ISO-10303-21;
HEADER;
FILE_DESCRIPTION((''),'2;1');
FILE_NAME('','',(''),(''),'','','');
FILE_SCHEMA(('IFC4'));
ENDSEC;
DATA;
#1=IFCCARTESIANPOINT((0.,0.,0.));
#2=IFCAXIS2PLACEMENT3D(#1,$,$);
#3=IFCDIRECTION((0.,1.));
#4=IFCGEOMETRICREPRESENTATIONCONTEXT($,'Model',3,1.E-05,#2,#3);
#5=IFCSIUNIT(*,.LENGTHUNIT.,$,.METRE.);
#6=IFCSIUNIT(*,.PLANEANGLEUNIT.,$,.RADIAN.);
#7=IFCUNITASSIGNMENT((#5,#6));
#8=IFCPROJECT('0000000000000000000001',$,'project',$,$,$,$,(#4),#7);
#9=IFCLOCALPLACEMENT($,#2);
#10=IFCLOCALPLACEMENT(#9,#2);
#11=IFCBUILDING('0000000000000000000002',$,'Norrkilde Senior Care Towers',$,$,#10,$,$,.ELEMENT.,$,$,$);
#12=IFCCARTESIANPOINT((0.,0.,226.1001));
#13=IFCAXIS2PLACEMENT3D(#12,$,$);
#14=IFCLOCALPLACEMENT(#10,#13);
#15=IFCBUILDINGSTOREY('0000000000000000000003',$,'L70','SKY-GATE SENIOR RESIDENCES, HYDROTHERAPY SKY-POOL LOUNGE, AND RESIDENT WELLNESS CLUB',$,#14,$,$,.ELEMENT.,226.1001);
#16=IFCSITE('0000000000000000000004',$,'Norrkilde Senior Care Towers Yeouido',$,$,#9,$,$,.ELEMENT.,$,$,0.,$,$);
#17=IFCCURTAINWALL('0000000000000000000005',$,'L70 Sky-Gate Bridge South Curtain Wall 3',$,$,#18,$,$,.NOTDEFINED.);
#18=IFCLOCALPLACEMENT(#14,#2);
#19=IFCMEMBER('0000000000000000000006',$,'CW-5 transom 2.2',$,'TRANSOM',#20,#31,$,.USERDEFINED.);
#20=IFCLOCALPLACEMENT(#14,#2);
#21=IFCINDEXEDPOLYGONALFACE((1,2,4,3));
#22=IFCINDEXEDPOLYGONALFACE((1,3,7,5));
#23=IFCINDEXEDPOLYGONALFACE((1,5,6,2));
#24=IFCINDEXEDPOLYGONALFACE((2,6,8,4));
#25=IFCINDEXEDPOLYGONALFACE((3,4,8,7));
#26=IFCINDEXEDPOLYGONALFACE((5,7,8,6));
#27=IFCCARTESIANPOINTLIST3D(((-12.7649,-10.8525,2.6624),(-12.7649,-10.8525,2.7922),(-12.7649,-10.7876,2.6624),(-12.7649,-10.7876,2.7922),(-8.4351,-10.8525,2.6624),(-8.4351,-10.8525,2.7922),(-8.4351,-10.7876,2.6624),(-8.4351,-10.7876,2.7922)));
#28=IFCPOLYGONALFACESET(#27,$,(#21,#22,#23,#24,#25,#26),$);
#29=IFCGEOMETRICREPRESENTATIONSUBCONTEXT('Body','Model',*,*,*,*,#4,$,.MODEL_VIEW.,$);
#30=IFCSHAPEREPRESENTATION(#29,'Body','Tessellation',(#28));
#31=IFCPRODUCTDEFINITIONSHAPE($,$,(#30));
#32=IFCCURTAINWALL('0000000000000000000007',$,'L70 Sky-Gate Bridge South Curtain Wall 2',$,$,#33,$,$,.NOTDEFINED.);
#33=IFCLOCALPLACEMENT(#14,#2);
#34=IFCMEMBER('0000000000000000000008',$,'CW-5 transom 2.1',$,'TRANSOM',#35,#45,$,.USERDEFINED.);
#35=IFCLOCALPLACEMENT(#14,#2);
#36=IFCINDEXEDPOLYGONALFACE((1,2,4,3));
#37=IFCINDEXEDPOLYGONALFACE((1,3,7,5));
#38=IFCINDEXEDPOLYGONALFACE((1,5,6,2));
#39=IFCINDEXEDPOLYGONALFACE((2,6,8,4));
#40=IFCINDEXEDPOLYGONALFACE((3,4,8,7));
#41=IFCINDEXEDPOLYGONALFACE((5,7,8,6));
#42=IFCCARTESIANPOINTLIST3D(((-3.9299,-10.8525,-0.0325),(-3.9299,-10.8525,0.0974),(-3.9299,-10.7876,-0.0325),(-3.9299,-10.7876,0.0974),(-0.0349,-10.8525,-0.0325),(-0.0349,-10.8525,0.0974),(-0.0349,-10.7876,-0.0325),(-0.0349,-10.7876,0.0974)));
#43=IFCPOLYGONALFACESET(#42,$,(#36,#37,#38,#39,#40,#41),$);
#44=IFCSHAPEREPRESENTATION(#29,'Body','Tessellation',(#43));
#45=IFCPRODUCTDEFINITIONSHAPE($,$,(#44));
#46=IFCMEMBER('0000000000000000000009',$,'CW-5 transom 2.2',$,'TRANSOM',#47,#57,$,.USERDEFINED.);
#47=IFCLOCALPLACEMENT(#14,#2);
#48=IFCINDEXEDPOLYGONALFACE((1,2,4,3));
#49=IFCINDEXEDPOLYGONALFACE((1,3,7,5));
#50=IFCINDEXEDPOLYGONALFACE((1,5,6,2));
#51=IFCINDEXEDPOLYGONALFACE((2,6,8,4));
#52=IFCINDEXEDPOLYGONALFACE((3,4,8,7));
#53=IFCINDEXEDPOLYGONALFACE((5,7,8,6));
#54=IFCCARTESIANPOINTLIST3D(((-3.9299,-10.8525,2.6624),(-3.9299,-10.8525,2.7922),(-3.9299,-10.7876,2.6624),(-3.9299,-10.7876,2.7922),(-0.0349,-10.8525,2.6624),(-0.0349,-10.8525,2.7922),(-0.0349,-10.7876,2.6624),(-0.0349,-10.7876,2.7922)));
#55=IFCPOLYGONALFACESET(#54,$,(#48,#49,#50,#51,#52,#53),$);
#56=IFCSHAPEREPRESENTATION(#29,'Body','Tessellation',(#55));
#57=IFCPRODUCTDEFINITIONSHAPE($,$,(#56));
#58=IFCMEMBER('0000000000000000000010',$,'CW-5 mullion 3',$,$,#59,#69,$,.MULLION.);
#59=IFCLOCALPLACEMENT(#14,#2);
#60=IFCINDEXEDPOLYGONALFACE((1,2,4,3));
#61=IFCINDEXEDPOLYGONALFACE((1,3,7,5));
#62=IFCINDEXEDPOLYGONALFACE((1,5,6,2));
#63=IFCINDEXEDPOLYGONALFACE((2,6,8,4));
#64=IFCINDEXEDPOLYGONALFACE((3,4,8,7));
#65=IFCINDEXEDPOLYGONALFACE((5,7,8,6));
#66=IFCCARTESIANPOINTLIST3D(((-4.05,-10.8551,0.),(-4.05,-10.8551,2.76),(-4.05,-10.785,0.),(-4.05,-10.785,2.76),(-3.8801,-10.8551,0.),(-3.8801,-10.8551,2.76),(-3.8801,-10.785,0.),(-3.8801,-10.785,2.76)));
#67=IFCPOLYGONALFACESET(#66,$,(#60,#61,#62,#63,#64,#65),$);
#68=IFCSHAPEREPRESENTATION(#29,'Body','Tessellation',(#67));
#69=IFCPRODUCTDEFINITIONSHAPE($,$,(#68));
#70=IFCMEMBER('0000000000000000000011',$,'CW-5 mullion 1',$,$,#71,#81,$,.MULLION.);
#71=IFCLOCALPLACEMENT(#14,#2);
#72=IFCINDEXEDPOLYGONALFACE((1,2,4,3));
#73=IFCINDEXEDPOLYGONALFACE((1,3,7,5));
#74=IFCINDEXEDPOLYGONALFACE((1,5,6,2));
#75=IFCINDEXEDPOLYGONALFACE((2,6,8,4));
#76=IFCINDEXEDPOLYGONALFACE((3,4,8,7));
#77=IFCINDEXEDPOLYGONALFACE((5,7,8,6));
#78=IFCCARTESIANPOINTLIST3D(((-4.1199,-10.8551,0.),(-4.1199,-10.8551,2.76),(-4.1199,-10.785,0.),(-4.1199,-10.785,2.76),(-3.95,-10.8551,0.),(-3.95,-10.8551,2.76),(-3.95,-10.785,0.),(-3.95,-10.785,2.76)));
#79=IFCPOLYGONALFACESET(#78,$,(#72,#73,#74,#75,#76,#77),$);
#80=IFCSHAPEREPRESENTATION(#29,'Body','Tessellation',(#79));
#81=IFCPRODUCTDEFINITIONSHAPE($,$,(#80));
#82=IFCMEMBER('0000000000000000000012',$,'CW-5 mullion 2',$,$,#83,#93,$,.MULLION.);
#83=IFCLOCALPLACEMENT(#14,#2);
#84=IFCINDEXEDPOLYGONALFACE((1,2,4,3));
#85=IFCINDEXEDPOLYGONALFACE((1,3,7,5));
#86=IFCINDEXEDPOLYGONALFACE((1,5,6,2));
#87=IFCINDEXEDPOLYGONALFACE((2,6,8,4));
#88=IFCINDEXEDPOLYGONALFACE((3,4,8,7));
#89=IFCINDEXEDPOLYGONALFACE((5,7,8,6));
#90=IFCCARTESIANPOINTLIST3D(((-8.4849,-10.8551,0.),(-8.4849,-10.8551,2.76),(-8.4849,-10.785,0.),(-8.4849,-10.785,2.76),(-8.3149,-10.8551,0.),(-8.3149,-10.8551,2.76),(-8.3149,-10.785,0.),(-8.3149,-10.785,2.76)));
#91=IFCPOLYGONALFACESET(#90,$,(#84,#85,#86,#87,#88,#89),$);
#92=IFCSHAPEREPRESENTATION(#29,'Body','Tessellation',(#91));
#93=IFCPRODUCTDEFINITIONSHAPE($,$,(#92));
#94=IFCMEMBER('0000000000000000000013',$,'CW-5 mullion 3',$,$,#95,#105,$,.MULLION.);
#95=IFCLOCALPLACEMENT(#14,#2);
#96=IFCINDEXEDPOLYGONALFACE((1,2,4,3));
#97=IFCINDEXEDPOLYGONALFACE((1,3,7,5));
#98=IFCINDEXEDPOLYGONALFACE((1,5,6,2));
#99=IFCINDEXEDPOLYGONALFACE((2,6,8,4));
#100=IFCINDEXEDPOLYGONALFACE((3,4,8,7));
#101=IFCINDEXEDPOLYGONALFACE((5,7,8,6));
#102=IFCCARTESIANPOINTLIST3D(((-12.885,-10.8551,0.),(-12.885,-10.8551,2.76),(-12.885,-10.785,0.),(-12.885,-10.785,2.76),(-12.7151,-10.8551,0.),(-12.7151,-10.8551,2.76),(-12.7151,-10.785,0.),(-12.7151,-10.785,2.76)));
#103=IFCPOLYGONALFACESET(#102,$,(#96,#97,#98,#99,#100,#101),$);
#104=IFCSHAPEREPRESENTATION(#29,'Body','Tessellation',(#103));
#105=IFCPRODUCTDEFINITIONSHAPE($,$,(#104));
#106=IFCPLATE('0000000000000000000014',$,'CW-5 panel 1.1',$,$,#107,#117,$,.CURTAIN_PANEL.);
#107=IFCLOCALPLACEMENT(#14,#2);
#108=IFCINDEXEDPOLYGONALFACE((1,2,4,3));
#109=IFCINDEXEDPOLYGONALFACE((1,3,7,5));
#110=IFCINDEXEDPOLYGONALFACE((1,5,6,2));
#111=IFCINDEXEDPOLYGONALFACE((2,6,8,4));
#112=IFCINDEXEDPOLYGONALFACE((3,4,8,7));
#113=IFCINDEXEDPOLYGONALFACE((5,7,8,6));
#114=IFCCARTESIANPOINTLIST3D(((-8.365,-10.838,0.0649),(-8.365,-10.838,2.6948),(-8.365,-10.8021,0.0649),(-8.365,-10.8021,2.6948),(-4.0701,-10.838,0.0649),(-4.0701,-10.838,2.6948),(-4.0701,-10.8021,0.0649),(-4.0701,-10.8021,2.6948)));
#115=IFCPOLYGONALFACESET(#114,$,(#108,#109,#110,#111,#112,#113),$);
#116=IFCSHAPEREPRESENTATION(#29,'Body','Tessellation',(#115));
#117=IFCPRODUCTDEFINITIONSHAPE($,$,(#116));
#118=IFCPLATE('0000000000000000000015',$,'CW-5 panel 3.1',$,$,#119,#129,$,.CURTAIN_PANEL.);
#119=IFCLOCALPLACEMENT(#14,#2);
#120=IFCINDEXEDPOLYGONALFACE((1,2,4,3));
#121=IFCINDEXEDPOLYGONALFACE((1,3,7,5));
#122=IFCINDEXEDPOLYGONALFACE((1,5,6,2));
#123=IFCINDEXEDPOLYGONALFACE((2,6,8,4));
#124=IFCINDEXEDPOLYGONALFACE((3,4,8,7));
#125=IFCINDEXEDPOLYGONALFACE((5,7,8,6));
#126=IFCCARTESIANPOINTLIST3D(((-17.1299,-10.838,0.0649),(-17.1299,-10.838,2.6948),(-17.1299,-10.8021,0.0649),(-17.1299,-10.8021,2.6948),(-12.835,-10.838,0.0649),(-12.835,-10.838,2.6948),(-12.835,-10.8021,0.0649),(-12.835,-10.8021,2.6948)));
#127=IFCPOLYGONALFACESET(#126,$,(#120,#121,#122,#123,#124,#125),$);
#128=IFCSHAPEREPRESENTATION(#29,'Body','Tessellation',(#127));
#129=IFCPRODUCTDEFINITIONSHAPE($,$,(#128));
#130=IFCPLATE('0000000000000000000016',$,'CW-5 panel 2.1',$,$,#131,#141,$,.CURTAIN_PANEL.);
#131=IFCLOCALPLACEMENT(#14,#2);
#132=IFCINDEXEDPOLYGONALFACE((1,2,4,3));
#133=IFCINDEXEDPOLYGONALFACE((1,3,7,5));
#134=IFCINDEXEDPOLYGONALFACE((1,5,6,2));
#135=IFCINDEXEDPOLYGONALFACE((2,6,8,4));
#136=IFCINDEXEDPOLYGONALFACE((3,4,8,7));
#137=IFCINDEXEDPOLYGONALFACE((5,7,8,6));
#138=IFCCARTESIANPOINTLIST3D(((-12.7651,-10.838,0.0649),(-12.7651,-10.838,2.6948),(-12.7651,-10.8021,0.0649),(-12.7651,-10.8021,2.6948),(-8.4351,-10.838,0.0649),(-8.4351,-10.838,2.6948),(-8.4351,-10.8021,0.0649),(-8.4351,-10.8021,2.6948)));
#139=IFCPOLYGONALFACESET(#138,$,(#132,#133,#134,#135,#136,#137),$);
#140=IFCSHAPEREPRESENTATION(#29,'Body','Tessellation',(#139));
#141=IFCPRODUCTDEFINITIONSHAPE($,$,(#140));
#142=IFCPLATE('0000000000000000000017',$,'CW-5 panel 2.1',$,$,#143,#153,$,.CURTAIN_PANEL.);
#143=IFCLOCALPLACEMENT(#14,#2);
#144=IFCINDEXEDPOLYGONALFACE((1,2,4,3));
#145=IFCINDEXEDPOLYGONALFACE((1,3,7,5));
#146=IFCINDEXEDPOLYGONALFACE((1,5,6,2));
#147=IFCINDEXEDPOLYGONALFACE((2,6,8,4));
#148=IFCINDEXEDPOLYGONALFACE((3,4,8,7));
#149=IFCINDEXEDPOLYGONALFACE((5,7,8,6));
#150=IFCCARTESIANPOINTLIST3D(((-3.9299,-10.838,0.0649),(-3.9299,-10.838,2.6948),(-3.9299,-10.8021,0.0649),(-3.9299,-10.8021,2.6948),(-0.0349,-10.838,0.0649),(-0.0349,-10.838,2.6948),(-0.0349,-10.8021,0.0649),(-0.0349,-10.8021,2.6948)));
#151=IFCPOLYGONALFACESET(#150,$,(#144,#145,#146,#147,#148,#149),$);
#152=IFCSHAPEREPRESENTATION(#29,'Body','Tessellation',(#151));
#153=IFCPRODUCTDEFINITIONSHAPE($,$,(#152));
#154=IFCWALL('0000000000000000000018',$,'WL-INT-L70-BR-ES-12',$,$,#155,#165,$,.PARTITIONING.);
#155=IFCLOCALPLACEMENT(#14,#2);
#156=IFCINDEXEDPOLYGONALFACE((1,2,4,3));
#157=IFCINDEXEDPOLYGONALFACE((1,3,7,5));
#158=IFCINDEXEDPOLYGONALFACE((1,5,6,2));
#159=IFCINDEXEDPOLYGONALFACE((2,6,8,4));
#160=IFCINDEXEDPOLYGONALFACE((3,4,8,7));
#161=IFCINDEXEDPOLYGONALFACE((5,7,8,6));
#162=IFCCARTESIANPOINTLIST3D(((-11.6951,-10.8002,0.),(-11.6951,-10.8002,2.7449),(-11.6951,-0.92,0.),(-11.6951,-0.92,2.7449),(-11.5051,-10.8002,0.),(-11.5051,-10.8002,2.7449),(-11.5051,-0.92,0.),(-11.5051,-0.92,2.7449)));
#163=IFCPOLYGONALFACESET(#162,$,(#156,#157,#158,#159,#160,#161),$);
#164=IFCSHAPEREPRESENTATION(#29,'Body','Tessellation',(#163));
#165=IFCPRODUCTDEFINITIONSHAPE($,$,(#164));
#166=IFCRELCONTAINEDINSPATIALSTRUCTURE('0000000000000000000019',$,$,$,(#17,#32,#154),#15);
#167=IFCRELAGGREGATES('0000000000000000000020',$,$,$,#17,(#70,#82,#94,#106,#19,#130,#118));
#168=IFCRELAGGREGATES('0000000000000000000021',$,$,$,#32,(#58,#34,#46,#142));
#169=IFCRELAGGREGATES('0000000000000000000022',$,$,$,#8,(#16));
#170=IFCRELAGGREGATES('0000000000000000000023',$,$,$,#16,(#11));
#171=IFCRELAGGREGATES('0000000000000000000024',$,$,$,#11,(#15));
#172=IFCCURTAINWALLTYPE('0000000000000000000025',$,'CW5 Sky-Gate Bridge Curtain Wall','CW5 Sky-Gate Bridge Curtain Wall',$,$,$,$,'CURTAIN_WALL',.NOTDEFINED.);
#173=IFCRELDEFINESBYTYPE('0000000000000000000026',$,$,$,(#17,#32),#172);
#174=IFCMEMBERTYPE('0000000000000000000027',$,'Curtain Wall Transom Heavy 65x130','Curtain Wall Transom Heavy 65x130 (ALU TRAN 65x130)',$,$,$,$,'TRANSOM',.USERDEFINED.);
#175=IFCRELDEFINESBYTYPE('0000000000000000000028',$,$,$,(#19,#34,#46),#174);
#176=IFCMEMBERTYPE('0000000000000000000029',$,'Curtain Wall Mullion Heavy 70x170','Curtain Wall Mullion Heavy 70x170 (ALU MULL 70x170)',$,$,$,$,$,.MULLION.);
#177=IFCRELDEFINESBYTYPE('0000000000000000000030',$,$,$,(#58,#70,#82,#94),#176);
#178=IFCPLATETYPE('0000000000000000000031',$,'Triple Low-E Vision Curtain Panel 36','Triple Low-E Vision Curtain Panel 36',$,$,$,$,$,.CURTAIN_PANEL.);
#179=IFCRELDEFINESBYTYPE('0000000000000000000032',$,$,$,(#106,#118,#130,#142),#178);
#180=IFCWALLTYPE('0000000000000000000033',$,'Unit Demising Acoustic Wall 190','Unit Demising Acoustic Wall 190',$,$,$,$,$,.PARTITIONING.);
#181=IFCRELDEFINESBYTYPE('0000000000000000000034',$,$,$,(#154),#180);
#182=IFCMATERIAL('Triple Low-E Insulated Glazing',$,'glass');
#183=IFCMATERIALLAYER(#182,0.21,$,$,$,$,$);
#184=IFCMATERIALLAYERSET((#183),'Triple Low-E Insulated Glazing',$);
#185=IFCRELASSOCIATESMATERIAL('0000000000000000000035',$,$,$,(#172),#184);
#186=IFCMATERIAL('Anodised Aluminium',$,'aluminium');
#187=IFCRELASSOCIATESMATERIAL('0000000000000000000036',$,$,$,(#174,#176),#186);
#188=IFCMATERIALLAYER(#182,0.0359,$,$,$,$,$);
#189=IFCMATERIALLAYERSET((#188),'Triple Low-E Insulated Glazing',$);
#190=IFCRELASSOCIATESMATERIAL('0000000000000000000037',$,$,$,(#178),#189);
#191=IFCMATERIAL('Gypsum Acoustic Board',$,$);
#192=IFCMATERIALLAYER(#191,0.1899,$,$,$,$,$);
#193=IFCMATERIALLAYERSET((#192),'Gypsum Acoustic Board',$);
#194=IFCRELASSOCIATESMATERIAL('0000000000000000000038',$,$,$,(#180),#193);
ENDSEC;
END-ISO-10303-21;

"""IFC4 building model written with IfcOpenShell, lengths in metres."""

from ifc_helpers import new_model, si_unit, direction, frame, frame_2d, origin, origin_2d, place, context, subcontext, project, spatial, rectangle, extrude, source, transform, mapped, material, layer, layer_set, material_profile, profile_set, type_object, type_shapes, element, aggregate, save


model = new_model("IFC4")

# Units and contexts
model_context = context("Model", 3, precision=1e-05, world=origin(), true_north=direction((0.0, 1.0)))
body_context = subcontext(model_context, "Body", "Model", "MODEL_VIEW")
ifc_project = project(units=[si_unit("LENGTHUNIT", "METRE"), si_unit("PLANEANGLEUNIT", "RADIAN")], contexts=[model_context])

# Site, building, storey
site_placement = place(None, origin())
site = spatial("IfcSite", under=ifc_project, at=site_placement, Name="Norrkilde Senior Care Towers Yeouido", CompositionType="ELEMENT", RefElevation=0.0)
building_placement = place(site_placement, origin())
building = spatial("IfcBuilding", under=site, at=building_placement, Name="Norrkilde Senior Care Towers", CompositionType="ELEMENT")
storey_placement = place(building_placement, frame((0.0, 0.0, 226.1001)))
storey = spatial("IfcBuildingStorey", under=building, at=storey_placement, Name="L70", Description="SKY-GATE SENIOR RESIDENCES, HYDROTHERAPY SKY-POOL LOUNGE, AND RESIDENT WELLNESS CLUB", CompositionType="ELEMENT", Elevation=226.1001)

# Shared definitions
ifc_material_1 = material(Name="Triple Low-E Insulated Glazing", Category="glass")
ifc_material_2 = material(Name="Anodised Aluminium", Category="aluminium")

# Curtain walls, members
ifc_layer_1 = layer(ifc_material_1, 0.21)
ifc_layer_set_1 = layer_set([ifc_layer_1], Name="Triple Low-E Insulated Glazing")
curtain_wall_type_1 = type_object("IfcCurtainWallType", Name="CW5 Sky-Gate Bridge Curtain Wall", Description="CW5 Sky-Gate Bridge Curtain Wall", ElementType="CURTAIN_WALL", PredefinedType="NOTDEFINED", material=ifc_layer_set_1)
curtain_wall_1_placement = place(storey_placement, origin())
curtain_wall_1 = element("IfcCurtainWall", 1, at=curtain_wall_1_placement, inside=storey, type_object=curtain_wall_type_1, Name="L70 Sky-Gate Bridge South Curtain Wall 3", PredefinedType="NOTDEFINED")
ifc_material_profile_1 = material_profile(ifc_material_2, rectangle(XDim=0.0649, YDim=0.1299, at=origin_2d()), Name="ALU TRAN 65x130")
ifc_profile_set_1 = profile_set([ifc_material_profile_1], Name="Anodised Aluminium")
member_type_1 = type_object("IfcMemberType", Name="Curtain Wall Transom Heavy 65x130", Description="Curtain Wall Transom Heavy 65x130 (ALU TRAN 65x130)", ElementType="TRANSOM", PredefinedType="USERDEFINED", material=ifc_profile_set_1)
shared_shape_1 = source(origin(), body_context, "Body", "SweptSolid", [
    extrude(rectangle(XDim=0.0649, YDim=0.1299, at=origin_2d()), origin(), (0.0, 0.0, 1.0), 4.3298),
])
member_1_placement = place(storey_placement, frame((-8.4351, -10.8201, 2.7273), z_axis=(-1.0, 0.0, 0.0), x_axis=(0.0, -1.0, 0.0)))
member_1 = element("IfcMember", 2, at=member_1_placement, type_object=member_type_1, Name="CW-5 transom 2.2", ObjectType="TRANSOM", PredefinedType="USERDEFINED", context=body_context, shape_type="MappedRepresentation", body=[
    mapped(shared_shape_1, transform((0.0, 0.0, 0.0), x_axis=(1.0, 0.0, 0.0), y_axis=(0.0, 1.0, 0.0), z_axis=(0.0, 0.0, 1.0), scale=1.0)),
])
curtain_wall_2_placement = place(storey_placement, origin())
curtain_wall_2 = element("IfcCurtainWall", 3, at=curtain_wall_2_placement, inside=storey, type_object=curtain_wall_type_1, Name="L70 Sky-Gate Bridge South Curtain Wall 2", PredefinedType="NOTDEFINED")
shared_shape_2 = source(origin(), body_context, "Body", "SweptSolid", [
    extrude(rectangle(XDim=0.0649, YDim=0.1299, at=origin_2d()), origin(), (0.0, 0.0, 1.0), 3.895),
])
member_2_placement = place(storey_placement, frame((-0.0349, -10.8201, 0.0325), z_axis=(-1.0, 0.0, 0.0), x_axis=(0.0, -1.0, 0.0)))
member_2 = element("IfcMember", 4, at=member_2_placement, type_object=member_type_1, Name="CW-5 transom 2.1", ObjectType="TRANSOM", PredefinedType="USERDEFINED", context=body_context, shape_type="MappedRepresentation", body=[
    mapped(shared_shape_2, transform((0.0, 0.0, 0.0), x_axis=(1.0, 0.0, 0.0), y_axis=(0.0, 1.0, 0.0), z_axis=(0.0, 0.0, 1.0), scale=1.0)),
])
member_3_placement = place(storey_placement, frame((-0.0349, -10.8201, 2.7273), z_axis=(-1.0, 0.0, 0.0), x_axis=(0.0, -1.0, 0.0)))
member_3 = element("IfcMember", 5, at=member_3_placement, type_object=member_type_1, Name="CW-5 transom 2.2", ObjectType="TRANSOM", PredefinedType="USERDEFINED", context=body_context, shape_type="MappedRepresentation", body=[
    mapped(shared_shape_2, transform((0.0, 0.0, 0.0), x_axis=(1.0, 0.0, 0.0), y_axis=(0.0, 1.0, 0.0), z_axis=(0.0, 0.0, 1.0), scale=1.0)),
])
ifc_material_profile_2 = material_profile(ifc_material_2, rectangle(XDim=0.0701, YDim=0.1699, at=origin_2d()), Name="ALU MULL 70x170")
ifc_profile_set_2 = profile_set([ifc_material_profile_2], Name="Anodised Aluminium")
member_type_2 = type_object("IfcMemberType", Name="Curtain Wall Mullion Heavy 70x170", Description="Curtain Wall Mullion Heavy 70x170 (ALU MULL 70x170)", PredefinedType="MULLION", material=ifc_profile_set_2)
shared_shape_3 = source(origin(), body_context, "Body", "SweptSolid", [
    extrude(rectangle(XDim=0.0701, YDim=0.1699, at=origin_2d()), origin(), (0.0, 0.0, 1.0), 2.76),
])
type_shapes(member_type_2, [shared_shape_3])
member_4_placement = place(storey_placement, frame((-3.9651, -10.8201, 0.0), z_axis=(0.0, 0.0, 1.0), x_axis=(0.0, -1.0, 0.0)))
member_4 = element("IfcMember", 6, at=member_4_placement, type_object=member_type_2, Name="CW-5 mullion 3", PredefinedType="MULLION", context=body_context, shape_type="MappedRepresentation", body=[
    mapped(shared_shape_3, transform((0.0, 0.0, 0.0), x_axis=(1.0, 0.0, 0.0), y_axis=(0.0, 1.0, 0.0), z_axis=(0.0, 0.0, 1.0), scale=1.0)),
])

# Members
member_5_placement = place(storey_placement, frame((-4.0349, -10.8201, 0.0), z_axis=(0.0, 0.0, 1.0), x_axis=(0.0, -1.0, 0.0)))
member_5 = element("IfcMember", 7, at=member_5_placement, type_object=member_type_2, Name="CW-5 mullion 1", PredefinedType="MULLION", context=body_context, shape_type="MappedRepresentation", body=[
    mapped(shared_shape_3, transform((0.0, 0.0, 0.0), x_axis=(1.0, 0.0, 0.0), y_axis=(0.0, 1.0, 0.0), z_axis=(0.0, 0.0, 1.0), scale=1.0)),
])
member_6_placement = place(storey_placement, frame((-8.3999, -10.8201, 0.0), z_axis=(0.0, 0.0, 1.0), x_axis=(0.0, -1.0, 0.0)))
member_6 = element("IfcMember", 8, at=member_6_placement, type_object=member_type_2, Name="CW-5 mullion 2", PredefinedType="MULLION", context=body_context, shape_type="MappedRepresentation", body=[
    mapped(shared_shape_3, transform((0.0, 0.0, 0.0), x_axis=(1.0, 0.0, 0.0), y_axis=(0.0, 1.0, 0.0), z_axis=(0.0, 0.0, 1.0), scale=1.0)),
])
member_7_placement = place(storey_placement, frame((-12.8, -10.8201, 0.0), z_axis=(0.0, 0.0, 1.0), x_axis=(0.0, -1.0, 0.0)))
member_7 = element("IfcMember", 9, at=member_7_placement, type_object=member_type_2, Name="CW-5 mullion 3", PredefinedType="MULLION", context=body_context, shape_type="MappedRepresentation", body=[
    mapped(shared_shape_3, transform((0.0, 0.0, 0.0), x_axis=(1.0, 0.0, 0.0), y_axis=(0.0, 1.0, 0.0), z_axis=(0.0, 0.0, 1.0), scale=1.0)),
])

# Plates
ifc_layer_2 = layer(ifc_material_1, 0.0359)
ifc_layer_set_2 = layer_set([ifc_layer_2], Name="Triple Low-E Insulated Glazing")
plate_type = type_object("IfcPlateType", Name="Triple Low-E Vision Curtain Panel 36", Description="Triple Low-E Vision Curtain Panel 36", PredefinedType="CURTAIN_PANEL", material=ifc_layer_set_2)
shared_shape_4 = source(origin(), body_context, "Body", "SweptSolid", [
    extrude(rectangle(XDim=4.2949, YDim=0.0359, at=origin_2d()), origin(), (0.0, 0.0, 1.0), 2.6299),
])
plate_1_placement = place(storey_placement, frame((-6.2175, -10.8201, 0.0649), z_axis=(0.0, 0.0, 1.0), x_axis=(-1.0, 0.0, 0.0)))
plate_1 = element("IfcPlate", 10, at=plate_1_placement, type_object=plate_type, Name="CW-5 panel 1.1", PredefinedType="CURTAIN_PANEL", context=body_context, shape_type="MappedRepresentation", body=[
    mapped(shared_shape_4, transform((0.0, 0.0, 0.0), x_axis=(1.0, 0.0, 0.0), y_axis=(0.0, 1.0, 0.0), z_axis=(0.0, 0.0, 1.0), scale=1.0)),
])
plate_2_placement = place(storey_placement, frame((-14.9824, -10.8201, 0.0649), z_axis=(0.0, 0.0, 1.0), x_axis=(-1.0, 0.0, 0.0)))
plate_2 = element("IfcPlate", 11, at=plate_2_placement, type_object=plate_type, Name="CW-5 panel 3.1", PredefinedType="CURTAIN_PANEL", context=body_context, shape_type="MappedRepresentation", body=[
    mapped(shared_shape_4, transform((0.0, 0.0, 0.0), x_axis=(1.0, 0.0, 0.0), y_axis=(0.0, 1.0, 0.0), z_axis=(0.0, 0.0, 1.0), scale=1.0)),
])
shared_shape_5 = source(origin(), body_context, "Body", "SweptSolid", [
    extrude(rectangle(XDim=4.3301, YDim=0.0359, at=origin_2d()), origin(), (0.0, 0.0, 1.0), 2.6299),
])
plate_3_placement = place(storey_placement, frame((-10.6001, -10.8201, 0.0649), z_axis=(0.0, 0.0, 1.0), x_axis=(-1.0, 0.0, 0.0)))
plate_3 = element("IfcPlate", 12, at=plate_3_placement, type_object=plate_type, Name="CW-5 panel 2.1", PredefinedType="CURTAIN_PANEL", context=body_context, shape_type="MappedRepresentation", body=[
    mapped(shared_shape_5, transform((0.0, 0.0, 0.0), x_axis=(1.0, 0.0, 0.0), y_axis=(0.0, 1.0, 0.0), z_axis=(0.0, 0.0, 1.0), scale=1.0)),
])
aggregate(curtain_wall_1, [member_5, member_6, member_7, plate_1, member_1, plate_3, plate_2])
shared_shape_6 = source(origin(), body_context, "Body", "SweptSolid", [
    extrude(rectangle(XDim=3.895, YDim=0.0359, at=origin_2d()), origin(), (0.0, 0.0, 1.0), 2.6299),
])
type_shapes(plate_type, [shared_shape_4, shared_shape_5, shared_shape_6])
plate_4_placement = place(storey_placement, frame((-1.9824, -10.8201, 0.0649), z_axis=(0.0, 0.0, 1.0), x_axis=(-1.0, 0.0, 0.0)))
plate_4 = element("IfcPlate", 13, at=plate_4_placement, type_object=plate_type, Name="CW-5 panel 2.1", PredefinedType="CURTAIN_PANEL", context=body_context, shape_type="MappedRepresentation", body=[
    mapped(shared_shape_6, transform((0.0, 0.0, 0.0), x_axis=(1.0, 0.0, 0.0), y_axis=(0.0, 1.0, 0.0), z_axis=(0.0, 0.0, 1.0), scale=1.0)),
])
aggregate(curtain_wall_2, [member_4, member_2, member_3, plate_4])

# Wall
ifc_material_3 = material(Name="Gypsum Acoustic Board")
ifc_layer_3 = layer(ifc_material_3, 0.1899)
ifc_layer_set_3 = layer_set([ifc_layer_3], Name="Gypsum Acoustic Board")
wall_type = type_object("IfcWallType", Name="Unit Demising Acoustic Wall 190", Description="Unit Demising Acoustic Wall 190", PredefinedType="PARTITIONING", material=ifc_layer_set_3)
shared_shape_7 = source(origin(), body_context, "Body", "SweptSolid", [
    extrude(rectangle(XDim=9.8801, YDim=0.1899, at=frame_2d((4.9399, 0.0))), origin(), (0.0, 0.0, 1.0), 2.7449),
])
type_shapes(wall_type, [shared_shape_7])
wall_placement = place(storey_placement, frame((-11.6001, -10.8, 0.0), z_axis=(0.0, 0.0, 1.0), x_axis=(0.0, 1.0, 0.0)))
element("IfcWall", 14, at=wall_placement, inside=storey, type_object=wall_type, Name="WL-INT-L70-BR-ES-12", PredefinedType="PARTITIONING", context=body_context, shape_type="MappedRepresentation", body=[
    mapped(shared_shape_7, transform((0.0, 0.0, 0.0), x_axis=(1.0, 0.0, 0.0), y_axis=(0.0, 1.0, 0.0), z_axis=(0.0, 0.0, 1.0), scale=1.0)),
])

save(model, "model.ifc")
